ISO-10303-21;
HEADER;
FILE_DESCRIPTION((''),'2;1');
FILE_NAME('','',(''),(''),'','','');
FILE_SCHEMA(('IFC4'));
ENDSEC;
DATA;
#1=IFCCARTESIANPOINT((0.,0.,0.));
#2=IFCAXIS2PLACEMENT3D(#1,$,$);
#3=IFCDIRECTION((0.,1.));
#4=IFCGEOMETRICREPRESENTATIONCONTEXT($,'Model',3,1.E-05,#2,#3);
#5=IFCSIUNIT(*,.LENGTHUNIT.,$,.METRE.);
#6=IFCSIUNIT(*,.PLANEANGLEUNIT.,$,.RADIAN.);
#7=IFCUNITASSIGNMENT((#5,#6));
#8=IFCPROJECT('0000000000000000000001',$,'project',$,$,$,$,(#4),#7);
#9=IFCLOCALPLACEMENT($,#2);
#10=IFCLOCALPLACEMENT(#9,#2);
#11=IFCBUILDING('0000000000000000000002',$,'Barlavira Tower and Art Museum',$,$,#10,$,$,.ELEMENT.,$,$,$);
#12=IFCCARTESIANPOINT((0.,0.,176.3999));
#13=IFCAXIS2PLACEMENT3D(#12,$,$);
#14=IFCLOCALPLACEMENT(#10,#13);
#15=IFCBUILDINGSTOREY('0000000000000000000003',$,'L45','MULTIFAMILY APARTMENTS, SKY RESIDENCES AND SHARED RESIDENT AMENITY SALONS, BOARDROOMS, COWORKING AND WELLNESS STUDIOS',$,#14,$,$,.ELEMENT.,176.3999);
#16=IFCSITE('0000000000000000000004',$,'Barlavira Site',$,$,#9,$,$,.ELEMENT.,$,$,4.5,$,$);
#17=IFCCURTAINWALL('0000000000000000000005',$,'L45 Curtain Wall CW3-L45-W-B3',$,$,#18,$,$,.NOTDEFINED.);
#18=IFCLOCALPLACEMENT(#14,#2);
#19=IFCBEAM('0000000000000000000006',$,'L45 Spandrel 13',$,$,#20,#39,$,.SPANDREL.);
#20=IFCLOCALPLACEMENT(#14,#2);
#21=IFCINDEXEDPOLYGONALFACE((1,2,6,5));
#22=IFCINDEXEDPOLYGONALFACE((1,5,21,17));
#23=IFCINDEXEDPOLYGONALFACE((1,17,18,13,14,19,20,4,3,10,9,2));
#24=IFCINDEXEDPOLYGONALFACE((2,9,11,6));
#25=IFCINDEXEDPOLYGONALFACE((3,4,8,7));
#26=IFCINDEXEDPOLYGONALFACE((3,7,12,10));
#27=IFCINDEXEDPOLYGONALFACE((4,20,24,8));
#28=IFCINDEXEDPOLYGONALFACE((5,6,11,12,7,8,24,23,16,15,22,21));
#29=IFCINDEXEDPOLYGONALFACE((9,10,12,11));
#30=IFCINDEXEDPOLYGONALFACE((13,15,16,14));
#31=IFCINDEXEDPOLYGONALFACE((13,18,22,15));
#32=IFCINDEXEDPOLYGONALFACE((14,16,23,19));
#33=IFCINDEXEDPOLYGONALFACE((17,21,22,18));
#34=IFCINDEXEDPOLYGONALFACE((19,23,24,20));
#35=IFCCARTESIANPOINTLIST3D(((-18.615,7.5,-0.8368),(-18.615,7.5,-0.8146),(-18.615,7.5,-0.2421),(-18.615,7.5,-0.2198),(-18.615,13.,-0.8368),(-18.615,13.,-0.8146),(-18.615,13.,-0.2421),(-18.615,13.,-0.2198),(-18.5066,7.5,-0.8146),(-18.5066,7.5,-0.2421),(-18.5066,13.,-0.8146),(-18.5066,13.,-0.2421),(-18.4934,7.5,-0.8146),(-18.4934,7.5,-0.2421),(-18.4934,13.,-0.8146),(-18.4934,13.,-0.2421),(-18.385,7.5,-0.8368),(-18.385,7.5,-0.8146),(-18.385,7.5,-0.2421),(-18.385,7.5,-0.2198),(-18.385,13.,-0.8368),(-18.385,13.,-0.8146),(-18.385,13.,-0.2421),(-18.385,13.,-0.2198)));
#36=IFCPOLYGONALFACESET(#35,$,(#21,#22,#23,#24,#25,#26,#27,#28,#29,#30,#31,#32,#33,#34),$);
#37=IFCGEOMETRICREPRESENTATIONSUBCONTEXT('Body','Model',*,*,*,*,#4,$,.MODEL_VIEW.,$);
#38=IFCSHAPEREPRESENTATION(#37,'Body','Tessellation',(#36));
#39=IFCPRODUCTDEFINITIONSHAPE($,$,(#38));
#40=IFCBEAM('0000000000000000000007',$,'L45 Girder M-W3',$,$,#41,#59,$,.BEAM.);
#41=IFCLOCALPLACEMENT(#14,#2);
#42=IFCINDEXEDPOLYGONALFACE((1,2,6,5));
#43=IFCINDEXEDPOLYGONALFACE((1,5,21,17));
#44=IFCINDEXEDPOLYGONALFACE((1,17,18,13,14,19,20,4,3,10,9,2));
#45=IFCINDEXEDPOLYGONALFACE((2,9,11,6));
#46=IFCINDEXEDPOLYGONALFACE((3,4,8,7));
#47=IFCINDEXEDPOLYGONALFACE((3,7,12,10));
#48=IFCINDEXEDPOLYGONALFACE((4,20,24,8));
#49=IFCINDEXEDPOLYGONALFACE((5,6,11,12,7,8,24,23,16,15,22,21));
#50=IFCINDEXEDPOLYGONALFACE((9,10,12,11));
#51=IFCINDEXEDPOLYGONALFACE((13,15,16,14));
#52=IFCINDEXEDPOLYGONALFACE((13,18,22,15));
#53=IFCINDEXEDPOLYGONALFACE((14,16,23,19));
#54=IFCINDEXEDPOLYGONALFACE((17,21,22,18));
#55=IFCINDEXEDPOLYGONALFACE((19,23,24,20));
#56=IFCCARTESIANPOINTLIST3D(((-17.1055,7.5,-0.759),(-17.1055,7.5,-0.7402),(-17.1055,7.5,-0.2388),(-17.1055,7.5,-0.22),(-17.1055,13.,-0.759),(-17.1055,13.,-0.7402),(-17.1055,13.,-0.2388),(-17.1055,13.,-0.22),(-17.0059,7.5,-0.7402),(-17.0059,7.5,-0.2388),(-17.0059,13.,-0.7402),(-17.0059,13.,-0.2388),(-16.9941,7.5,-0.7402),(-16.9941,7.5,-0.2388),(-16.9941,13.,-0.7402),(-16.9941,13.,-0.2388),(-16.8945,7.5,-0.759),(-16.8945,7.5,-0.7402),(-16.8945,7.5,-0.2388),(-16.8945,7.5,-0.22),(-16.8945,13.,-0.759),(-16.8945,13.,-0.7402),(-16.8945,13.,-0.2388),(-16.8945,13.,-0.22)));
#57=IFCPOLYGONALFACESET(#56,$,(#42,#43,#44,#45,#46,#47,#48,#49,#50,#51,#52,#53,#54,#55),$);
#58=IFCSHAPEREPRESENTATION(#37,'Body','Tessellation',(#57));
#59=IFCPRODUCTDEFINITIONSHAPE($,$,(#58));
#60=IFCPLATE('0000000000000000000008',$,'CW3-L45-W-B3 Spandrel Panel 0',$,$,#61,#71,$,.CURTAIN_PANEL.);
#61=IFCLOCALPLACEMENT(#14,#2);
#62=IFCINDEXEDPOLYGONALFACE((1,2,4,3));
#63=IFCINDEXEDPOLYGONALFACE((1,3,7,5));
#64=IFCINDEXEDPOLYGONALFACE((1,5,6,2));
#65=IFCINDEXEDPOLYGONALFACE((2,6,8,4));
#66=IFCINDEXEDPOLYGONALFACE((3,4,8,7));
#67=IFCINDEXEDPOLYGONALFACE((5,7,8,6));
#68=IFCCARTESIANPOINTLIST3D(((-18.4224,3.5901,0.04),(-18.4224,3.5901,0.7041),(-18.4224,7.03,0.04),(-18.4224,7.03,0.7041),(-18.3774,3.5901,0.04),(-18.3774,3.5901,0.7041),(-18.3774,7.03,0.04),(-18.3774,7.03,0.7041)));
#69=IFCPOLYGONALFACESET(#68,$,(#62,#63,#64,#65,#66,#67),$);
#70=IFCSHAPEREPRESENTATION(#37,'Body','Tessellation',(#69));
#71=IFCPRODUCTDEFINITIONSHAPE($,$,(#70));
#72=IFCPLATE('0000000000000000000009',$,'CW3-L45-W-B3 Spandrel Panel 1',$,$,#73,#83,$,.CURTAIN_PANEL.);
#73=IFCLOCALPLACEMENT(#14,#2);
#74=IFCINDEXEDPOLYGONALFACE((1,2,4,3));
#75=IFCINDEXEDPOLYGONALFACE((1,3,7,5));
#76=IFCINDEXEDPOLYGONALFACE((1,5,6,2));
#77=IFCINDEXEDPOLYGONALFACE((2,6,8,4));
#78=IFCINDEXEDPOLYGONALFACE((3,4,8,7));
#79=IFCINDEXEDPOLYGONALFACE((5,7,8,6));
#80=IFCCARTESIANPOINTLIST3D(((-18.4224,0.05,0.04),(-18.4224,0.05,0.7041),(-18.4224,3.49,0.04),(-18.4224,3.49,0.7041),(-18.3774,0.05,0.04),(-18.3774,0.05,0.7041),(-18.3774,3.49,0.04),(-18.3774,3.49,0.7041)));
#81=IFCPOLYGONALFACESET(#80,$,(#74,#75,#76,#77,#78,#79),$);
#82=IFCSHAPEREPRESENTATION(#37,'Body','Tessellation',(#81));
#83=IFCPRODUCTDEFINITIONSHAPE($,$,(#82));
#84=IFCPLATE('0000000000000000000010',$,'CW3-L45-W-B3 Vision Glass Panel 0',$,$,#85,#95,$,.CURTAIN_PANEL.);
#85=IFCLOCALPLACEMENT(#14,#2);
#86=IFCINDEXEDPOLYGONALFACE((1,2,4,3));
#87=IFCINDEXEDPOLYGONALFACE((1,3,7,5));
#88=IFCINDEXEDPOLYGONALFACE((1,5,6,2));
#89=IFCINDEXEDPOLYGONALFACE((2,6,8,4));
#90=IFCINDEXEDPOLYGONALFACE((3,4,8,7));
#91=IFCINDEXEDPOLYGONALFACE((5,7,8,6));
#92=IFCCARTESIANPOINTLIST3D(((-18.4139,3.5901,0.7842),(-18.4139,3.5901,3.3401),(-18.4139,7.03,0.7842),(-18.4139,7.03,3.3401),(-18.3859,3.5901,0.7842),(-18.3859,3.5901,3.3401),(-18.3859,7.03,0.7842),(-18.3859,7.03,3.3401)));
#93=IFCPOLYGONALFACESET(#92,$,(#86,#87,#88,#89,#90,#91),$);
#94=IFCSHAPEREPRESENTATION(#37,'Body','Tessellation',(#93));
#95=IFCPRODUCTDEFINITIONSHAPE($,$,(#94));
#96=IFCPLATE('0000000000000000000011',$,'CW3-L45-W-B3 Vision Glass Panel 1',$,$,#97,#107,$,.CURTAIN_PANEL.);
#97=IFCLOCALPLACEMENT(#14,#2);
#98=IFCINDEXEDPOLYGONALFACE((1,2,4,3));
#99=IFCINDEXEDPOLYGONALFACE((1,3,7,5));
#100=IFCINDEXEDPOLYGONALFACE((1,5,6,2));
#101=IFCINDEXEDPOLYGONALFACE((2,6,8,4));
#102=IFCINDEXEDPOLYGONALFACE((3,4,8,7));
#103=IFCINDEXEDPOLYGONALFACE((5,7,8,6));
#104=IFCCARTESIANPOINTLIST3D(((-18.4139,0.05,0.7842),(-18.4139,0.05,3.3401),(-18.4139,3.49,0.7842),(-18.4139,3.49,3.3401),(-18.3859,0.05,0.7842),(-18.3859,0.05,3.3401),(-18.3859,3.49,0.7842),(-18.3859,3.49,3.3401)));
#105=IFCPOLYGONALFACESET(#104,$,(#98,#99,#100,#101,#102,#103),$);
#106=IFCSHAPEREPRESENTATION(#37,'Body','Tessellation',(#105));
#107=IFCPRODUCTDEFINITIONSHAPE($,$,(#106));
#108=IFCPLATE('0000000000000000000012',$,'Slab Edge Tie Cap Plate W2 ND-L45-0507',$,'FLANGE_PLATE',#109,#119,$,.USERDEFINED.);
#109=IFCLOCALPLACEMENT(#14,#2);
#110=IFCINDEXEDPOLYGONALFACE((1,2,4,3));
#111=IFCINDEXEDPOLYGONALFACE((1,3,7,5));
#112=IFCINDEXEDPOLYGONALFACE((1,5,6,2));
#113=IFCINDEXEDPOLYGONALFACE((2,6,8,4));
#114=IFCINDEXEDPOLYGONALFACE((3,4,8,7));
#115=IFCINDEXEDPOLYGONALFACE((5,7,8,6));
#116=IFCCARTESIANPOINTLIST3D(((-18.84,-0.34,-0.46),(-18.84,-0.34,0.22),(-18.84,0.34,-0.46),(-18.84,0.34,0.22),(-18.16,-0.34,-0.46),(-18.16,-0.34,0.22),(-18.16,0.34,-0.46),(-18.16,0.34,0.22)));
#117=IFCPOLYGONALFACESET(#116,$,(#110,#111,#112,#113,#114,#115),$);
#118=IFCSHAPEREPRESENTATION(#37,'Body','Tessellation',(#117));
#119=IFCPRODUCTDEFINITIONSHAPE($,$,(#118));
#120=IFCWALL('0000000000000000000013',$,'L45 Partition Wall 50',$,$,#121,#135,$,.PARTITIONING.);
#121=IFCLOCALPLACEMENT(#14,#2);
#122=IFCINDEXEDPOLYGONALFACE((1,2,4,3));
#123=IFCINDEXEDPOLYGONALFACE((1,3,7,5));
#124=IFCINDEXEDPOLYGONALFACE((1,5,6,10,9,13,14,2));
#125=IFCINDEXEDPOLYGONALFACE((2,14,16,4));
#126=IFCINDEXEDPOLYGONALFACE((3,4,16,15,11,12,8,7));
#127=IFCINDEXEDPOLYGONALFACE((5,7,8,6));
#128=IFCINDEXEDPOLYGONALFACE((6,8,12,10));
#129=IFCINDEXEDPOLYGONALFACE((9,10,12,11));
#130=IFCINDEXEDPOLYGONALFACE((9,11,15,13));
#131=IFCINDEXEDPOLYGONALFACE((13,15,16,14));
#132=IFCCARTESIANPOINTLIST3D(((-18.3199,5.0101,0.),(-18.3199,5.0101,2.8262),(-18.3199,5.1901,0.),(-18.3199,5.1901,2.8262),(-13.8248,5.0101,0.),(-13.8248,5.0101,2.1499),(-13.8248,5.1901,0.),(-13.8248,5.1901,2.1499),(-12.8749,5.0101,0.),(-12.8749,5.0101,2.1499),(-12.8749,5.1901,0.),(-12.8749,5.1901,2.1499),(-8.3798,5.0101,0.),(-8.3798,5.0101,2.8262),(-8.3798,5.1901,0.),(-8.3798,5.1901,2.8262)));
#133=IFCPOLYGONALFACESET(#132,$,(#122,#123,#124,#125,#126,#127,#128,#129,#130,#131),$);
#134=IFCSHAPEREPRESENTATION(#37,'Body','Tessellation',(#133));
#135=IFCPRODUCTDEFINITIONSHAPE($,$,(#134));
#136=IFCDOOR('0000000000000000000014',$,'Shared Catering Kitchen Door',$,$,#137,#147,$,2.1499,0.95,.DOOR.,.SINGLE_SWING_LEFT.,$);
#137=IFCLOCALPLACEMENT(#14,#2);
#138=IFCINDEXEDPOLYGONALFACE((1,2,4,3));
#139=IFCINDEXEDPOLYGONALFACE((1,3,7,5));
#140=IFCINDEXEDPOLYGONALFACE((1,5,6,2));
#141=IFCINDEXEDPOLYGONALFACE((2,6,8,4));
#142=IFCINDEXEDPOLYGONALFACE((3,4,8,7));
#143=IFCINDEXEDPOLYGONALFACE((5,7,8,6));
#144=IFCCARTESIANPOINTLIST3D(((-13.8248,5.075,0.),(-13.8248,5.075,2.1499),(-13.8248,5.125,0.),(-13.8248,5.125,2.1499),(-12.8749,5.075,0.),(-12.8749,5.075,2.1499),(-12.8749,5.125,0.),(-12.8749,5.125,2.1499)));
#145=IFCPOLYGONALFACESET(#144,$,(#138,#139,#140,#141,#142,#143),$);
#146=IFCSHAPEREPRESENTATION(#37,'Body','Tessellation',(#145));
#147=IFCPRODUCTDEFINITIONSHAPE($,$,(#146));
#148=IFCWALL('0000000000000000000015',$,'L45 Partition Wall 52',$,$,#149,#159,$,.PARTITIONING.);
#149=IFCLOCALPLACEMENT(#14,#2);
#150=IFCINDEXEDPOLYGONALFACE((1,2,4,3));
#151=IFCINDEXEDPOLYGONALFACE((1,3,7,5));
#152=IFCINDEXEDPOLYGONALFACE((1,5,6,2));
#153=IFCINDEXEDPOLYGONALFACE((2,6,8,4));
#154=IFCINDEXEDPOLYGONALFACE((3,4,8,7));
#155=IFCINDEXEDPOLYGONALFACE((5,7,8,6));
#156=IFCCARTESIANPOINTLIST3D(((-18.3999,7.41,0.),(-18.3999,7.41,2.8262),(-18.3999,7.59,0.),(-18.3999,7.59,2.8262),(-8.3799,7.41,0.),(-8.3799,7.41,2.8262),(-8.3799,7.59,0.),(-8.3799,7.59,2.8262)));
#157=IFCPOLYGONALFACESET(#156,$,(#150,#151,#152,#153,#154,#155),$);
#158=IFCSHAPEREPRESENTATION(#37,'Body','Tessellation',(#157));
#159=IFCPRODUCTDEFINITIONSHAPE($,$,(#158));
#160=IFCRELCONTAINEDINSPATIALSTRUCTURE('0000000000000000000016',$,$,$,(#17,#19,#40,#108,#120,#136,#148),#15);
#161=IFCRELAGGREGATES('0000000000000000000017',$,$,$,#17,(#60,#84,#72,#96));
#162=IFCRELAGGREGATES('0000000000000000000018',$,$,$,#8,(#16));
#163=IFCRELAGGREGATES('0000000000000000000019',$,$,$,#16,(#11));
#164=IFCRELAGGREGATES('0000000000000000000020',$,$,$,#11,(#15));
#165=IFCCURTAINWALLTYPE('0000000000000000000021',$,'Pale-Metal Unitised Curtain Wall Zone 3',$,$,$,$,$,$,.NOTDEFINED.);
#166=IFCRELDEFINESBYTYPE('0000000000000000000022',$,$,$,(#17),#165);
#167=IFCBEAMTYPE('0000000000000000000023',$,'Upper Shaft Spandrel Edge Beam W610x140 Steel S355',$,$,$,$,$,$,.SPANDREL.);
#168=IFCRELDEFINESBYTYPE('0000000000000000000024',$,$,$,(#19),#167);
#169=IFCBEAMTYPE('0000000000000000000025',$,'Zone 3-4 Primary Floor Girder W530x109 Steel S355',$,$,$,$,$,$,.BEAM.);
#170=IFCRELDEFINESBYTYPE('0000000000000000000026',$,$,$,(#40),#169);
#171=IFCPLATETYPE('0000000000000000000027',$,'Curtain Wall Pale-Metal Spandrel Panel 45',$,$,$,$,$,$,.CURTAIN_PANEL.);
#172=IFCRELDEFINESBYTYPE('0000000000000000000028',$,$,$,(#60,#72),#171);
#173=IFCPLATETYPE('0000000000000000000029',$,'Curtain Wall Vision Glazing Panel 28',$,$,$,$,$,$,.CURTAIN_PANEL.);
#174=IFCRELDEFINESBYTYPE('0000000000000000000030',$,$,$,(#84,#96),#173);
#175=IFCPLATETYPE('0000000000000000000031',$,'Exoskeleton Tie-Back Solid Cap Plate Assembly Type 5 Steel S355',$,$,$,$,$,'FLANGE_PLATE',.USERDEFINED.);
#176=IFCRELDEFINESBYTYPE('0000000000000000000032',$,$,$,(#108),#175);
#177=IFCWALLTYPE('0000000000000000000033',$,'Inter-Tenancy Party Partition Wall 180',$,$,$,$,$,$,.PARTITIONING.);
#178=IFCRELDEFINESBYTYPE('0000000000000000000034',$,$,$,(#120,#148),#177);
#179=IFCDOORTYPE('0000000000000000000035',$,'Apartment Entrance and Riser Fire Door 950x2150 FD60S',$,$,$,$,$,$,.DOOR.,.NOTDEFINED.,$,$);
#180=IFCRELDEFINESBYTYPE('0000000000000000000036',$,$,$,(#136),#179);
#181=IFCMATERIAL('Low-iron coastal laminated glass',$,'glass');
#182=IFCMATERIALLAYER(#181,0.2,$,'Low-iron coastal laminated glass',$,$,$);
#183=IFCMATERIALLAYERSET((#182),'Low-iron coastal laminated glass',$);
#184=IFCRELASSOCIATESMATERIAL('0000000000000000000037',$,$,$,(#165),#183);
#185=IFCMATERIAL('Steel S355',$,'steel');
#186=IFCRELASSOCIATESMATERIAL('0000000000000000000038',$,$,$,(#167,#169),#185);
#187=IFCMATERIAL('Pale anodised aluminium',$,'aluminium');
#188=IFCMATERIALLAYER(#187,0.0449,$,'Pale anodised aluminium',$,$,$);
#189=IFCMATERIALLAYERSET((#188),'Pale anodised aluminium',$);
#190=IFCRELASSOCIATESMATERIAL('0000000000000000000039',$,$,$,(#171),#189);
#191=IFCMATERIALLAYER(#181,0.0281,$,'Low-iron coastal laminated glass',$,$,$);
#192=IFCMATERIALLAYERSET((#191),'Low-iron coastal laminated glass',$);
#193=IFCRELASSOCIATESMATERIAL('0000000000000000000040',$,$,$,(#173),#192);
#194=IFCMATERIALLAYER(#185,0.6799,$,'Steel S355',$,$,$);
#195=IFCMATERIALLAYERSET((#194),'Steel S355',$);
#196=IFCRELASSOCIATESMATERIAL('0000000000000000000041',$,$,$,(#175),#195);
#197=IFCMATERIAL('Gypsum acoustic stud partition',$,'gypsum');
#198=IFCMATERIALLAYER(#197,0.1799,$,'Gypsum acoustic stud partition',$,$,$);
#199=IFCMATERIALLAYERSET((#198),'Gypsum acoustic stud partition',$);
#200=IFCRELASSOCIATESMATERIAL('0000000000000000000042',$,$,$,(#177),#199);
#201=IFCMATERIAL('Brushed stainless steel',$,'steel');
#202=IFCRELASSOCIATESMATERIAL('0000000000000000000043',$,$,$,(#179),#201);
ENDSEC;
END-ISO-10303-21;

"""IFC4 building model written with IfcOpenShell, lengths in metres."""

from ifc_helpers import new_model, si_unit, direction, frame, frame_2d, origin, origin_2d, place, context, subcontext, project, spatial, rectangle, i_section, extrude, material, layer, layer_set, material_profile, profile_set, type_object, element, fill, aggregate, save


model = new_model("IFC4")

# Units and contexts
model_context = context("Model", 3, precision=1e-05, world=origin(), true_north=direction((0.0, 1.0)))
body_context = subcontext(model_context, "Body", "Model", "MODEL_VIEW")
ifc_project = project(units=[si_unit("LENGTHUNIT", "METRE"), si_unit("PLANEANGLEUNIT", "RADIAN")], contexts=[model_context])

# Site, building, storey
site_placement = place(None, origin())
site = spatial("IfcSite", under=ifc_project, at=site_placement, Name="Barlavira Site", CompositionType="ELEMENT", RefElevation=4.5)
building_placement = place(site_placement, origin())
building = spatial("IfcBuilding", under=site, at=building_placement, Name="Barlavira Tower and Art Museum", CompositionType="ELEMENT")
storey_placement = place(building_placement, frame((0.0, 0.0, 176.3999)))
storey = spatial("IfcBuildingStorey", under=building, at=storey_placement, Name="L45", Description="MULTIFAMILY APARTMENTS, SKY RESIDENCES AND SHARED RESIDENT AMENITY SALONS, BOARDROOMS, COWORKING AND WELLNESS STUDIOS", CompositionType="ELEMENT", Elevation=176.3999)

# Curtain wall
ifc_material_1 = material(Name="Low-iron coastal laminated glass", Category="glass")
ifc_layer_1 = layer(ifc_material_1, 0.2, Name="Low-iron coastal laminated glass")
ifc_layer_set_1 = layer_set([ifc_layer_1], Name="Low-iron coastal laminated glass")
curtain_wall_type = type_object("IfcCurtainWallType", Name="Pale-Metal Unitised Curtain Wall Zone 3", PredefinedType="NOTDEFINED", material=ifc_layer_set_1)
curtain_wall_placement = place(storey_placement, origin())
curtain_wall = element("IfcCurtainWall", 1, at=curtain_wall_placement, inside=storey, type_object=curtain_wall_type, Name="L45 Curtain Wall CW3-L45-W-B3", PredefinedType="NOTDEFINED")
ifc_material_2 = material(Name="Pale anodised aluminium", Category="aluminium")

# Shared definitions
ifc_material_3 = material(Name="Steel S355", Category="steel")

# Beams
ifc_material_profile_1 = material_profile(ifc_material_3, i_section(OverallWidth=0.23, OverallDepth=0.6169, WebThickness=0.0132, FlangeThickness=0.0222, at=origin_2d()), Name="W610x140.0")
ifc_profile_set_1 = profile_set([ifc_material_profile_1], Name="Steel S355")
beam_type_1 = type_object("IfcBeamType", Name="Upper Shaft Spandrel Edge Beam W610x140 Steel S355", PredefinedType="SPANDREL", material=ifc_profile_set_1)
beam_1_placement = place(storey_placement, frame((-18.5, 7.5, -0.5283), z_axis=(0.0, 1.0, 0.0), x_axis=(-1.0, 0.0, 0.0)))
element("IfcBeam", 2, at=beam_1_placement, inside=storey, type_object=beam_type_1, Name="L45 Spandrel 13", PredefinedType="SPANDREL", context=body_context, shape_type="SweptSolid", body=[
    extrude(i_section(OverallWidth=0.23, OverallDepth=0.6169, WebThickness=0.0132, FlangeThickness=0.0222, at=origin_2d()), origin(), (0.0, 0.0, 1.0), 5.5),
])
ifc_material_profile_2 = material_profile(ifc_material_3, i_section(OverallWidth=0.2109, OverallDepth=0.5391, WebThickness=0.0117, FlangeThickness=0.0188, at=origin_2d()), Name="W530x109.0")
ifc_profile_set_2 = profile_set([ifc_material_profile_2], Name="Steel S355")
beam_type_2 = type_object("IfcBeamType", Name="Zone 3-4 Primary Floor Girder W530x109 Steel S355", PredefinedType="BEAM", material=ifc_profile_set_2)
beam_2_placement = place(storey_placement, frame((-17.0, 7.5, -0.4895), z_axis=(0.0, 1.0, 0.0), x_axis=(-1.0, 0.0, 0.0)))
element("IfcBeam", 3, at=beam_2_placement, inside=storey, type_object=beam_type_2, Name="L45 Girder M-W3", PredefinedType="BEAM", context=body_context, shape_type="SweptSolid", body=[
    extrude(i_section(OverallWidth=0.2109, OverallDepth=0.5391, WebThickness=0.0117, FlangeThickness=0.0188, at=origin_2d()), origin(), (0.0, 0.0, 1.0), 5.5),
])

# Plates
ifc_layer_2 = layer(ifc_material_2, 0.0449, Name="Pale anodised aluminium")
ifc_layer_set_2 = layer_set([ifc_layer_2], Name="Pale anodised aluminium")
plate_type_1 = type_object("IfcPlateType", Name="Curtain Wall Pale-Metal Spandrel Panel 45", PredefinedType="CURTAIN_PANEL", material=ifc_layer_set_2)
plate_1_placement = place(storey_placement, frame((-18.3999, 5.3101, 0.04), z_axis=(0.0, 0.0, 1.0), x_axis=(0.0, -1.0, 0.0)))
plate_1 = element("IfcPlate", 4, at=plate_1_placement, type_object=plate_type_1, Name="CW3-L45-W-B3 Spandrel Panel 0", PredefinedType="CURTAIN_PANEL", context=body_context, shape_type="SweptSolid", body=[
    extrude(rectangle(XDim=3.4399, YDim=0.0449, at=origin_2d()), origin(), (0.0, 0.0, 1.0), 0.6641),
])
plate_2_placement = place(storey_placement, frame((-18.3999, 1.77, 0.04), z_axis=(0.0, 0.0, 1.0), x_axis=(0.0, -1.0, 0.0)))
plate_2 = element("IfcPlate", 5, at=plate_2_placement, type_object=plate_type_1, Name="CW3-L45-W-B3 Spandrel Panel 1", PredefinedType="CURTAIN_PANEL", context=body_context, shape_type="SweptSolid", body=[
    extrude(rectangle(XDim=3.4399, YDim=0.0449, at=origin_2d()), origin(), (0.0, 0.0, 1.0), 0.6641),
])
ifc_layer_3 = layer(ifc_material_1, 0.0281, Name="Low-iron coastal laminated glass")
ifc_layer_set_3 = layer_set([ifc_layer_3], Name="Low-iron coastal laminated glass")
plate_type_2 = type_object("IfcPlateType", Name="Curtain Wall Vision Glazing Panel 28", PredefinedType="CURTAIN_PANEL", material=ifc_layer_set_3)
plate_3_placement = place(storey_placement, frame((-18.3999, 5.3101, 0.7842), z_axis=(0.0, 0.0, 1.0), x_axis=(0.0, -1.0, 0.0)))
plate_3 = element("IfcPlate", 6, at=plate_3_placement, type_object=plate_type_2, Name="CW3-L45-W-B3 Vision Glass Panel 0", PredefinedType="CURTAIN_PANEL", context=body_context, shape_type="SweptSolid", body=[
    extrude(rectangle(XDim=3.4399, YDim=0.0281, at=origin_2d()), origin(), (0.0, 0.0, 1.0), 2.5559),
])
plate_4_placement = place(storey_placement, frame((-18.3999, 1.77, 0.7842), z_axis=(0.0, 0.0, 1.0), x_axis=(0.0, -1.0, 0.0)))
plate_4 = element("IfcPlate", 7, at=plate_4_placement, type_object=plate_type_2, Name="CW3-L45-W-B3 Vision Glass Panel 1", PredefinedType="CURTAIN_PANEL", context=body_context, shape_type="SweptSolid", body=[
    extrude(rectangle(XDim=3.4399, YDim=0.0281, at=origin_2d()), origin(), (0.0, 0.0, 1.0), 2.5559),
])
aggregate(curtain_wall, [plate_1, plate_3, plate_2, plate_4])
ifc_layer_4 = layer(ifc_material_3, 0.6799, Name="Steel S355")
ifc_layer_set_4 = layer_set([ifc_layer_4], Name="Steel S355")
plate_type_3 = type_object("IfcPlateType", Name="Exoskeleton Tie-Back Solid Cap Plate Assembly Type 5 Steel S355", ElementType="FLANGE_PLATE", PredefinedType="USERDEFINED", material=ifc_layer_set_4)
plate_5_placement = place(storey_placement, frame((-18.5, 0.0, -0.46), z_axis=(0.0, 0.0, 1.0), x_axis=(1.0, 0.0, 0.0)))
element("IfcPlate", 8, at=plate_5_placement, inside=storey, type_object=plate_type_3, Name="Slab Edge Tie Cap Plate W2 ND-L45-0507", ObjectType="FLANGE_PLATE", PredefinedType="USERDEFINED", context=body_context, shape_type="SweptSolid", body=[
    extrude(rectangle(XDim=0.6799, YDim=0.6799, at=origin_2d()), origin(), (0.0, 0.0, 1.0), 0.6799),
])

# Wall, opening, door
ifc_material_4 = material(Name="Gypsum acoustic stud partition", Category="gypsum")
ifc_layer_5 = layer(ifc_material_4, 0.1799, Name="Gypsum acoustic stud partition")
ifc_layer_set_5 = layer_set([ifc_layer_5], Name="Gypsum acoustic stud partition")
wall_type = type_object("IfcWallType", Name="Inter-Tenancy Party Partition Wall 180", PredefinedType="PARTITIONING", material=ifc_layer_set_5)
wall_1_placement = place(storey_placement, frame((-18.3201, 5.1001, 0.0), z_axis=(0.0, 0.0, 1.0), x_axis=(1.0, 0.0, 0.0)))
wall_1 = element("IfcWall", 9, at=wall_1_placement, inside=storey, type_object=wall_type, Name="L45 Partition Wall 50", PredefinedType="PARTITIONING", context=body_context, shape_type="SweptSolid", body=[
    extrude(rectangle(XDim=9.9402, YDim=0.1799, at=frame_2d((4.9702, 0.0))), origin(), (0.0, 0.0, 1.0), 2.8262),
])
opening_placement = place(wall_1_placement, frame((4.4951, 0.0, 0.0)))
opening = element("IfcOpeningElement", 10, at=opening_placement, cuts=wall_1, PredefinedType="OPENING", context=body_context, shape_type="SweptSolid", body=[
    extrude(rectangle(XDim=0.95, YDim=2.1499, at=frame_2d((0.4751, 1.075))), frame((0.0, 0.1001, 0.0), z_axis=(0.0, -1.0, 0.0), x_axis=(1.0, 0.0, 0.0)), (0.0, 0.0, 1.0), 0.2),
])
ifc_material_5 = material(Name="Brushed stainless steel", Category="steel")
door_type = type_object("IfcDoorType", Name="Apartment Entrance and Riser Fire Door 950x2150 FD60S", OperationType="NOTDEFINED", PredefinedType="DOOR", material=ifc_material_5)
door_placement = place(opening_placement, origin())
door = element("IfcDoor", 11, at=door_placement, inside=storey, type_object=door_type, Name="Shared Catering Kitchen Door", OperationType="SINGLE_SWING_LEFT", OverallHeight=2.1499, OverallWidth=0.95, PredefinedType="DOOR", context=body_context, shape_type="SweptSolid", body=[
    extrude(rectangle(XDim=0.95, YDim=2.1499, at=frame_2d((0.4751, 1.075))), frame((0.0, 0.0249, 0.0), z_axis=(0.0, -1.0, 0.0), x_axis=(1.0, 0.0, 0.0)), (0.0, 0.0, 1.0), 0.05),
])
fill(opening, door)

# Wall
wall_2_placement = place(storey_placement, frame((-18.3999, 7.5, 0.0), z_axis=(0.0, 0.0, 1.0), x_axis=(1.0, 0.0, 0.0)))
element("IfcWall", 12, at=wall_2_placement, inside=storey, type_object=wall_type, Name="L45 Partition Wall 52", PredefinedType="PARTITIONING", context=body_context, shape_type="SweptSolid", body=[
    extrude(rectangle(XDim=10.02, YDim=0.1799, at=frame_2d((5.01, 0.0))), origin(), (0.0, 0.0, 1.0), 2.8262),
])

save(model, "model.ifc")
